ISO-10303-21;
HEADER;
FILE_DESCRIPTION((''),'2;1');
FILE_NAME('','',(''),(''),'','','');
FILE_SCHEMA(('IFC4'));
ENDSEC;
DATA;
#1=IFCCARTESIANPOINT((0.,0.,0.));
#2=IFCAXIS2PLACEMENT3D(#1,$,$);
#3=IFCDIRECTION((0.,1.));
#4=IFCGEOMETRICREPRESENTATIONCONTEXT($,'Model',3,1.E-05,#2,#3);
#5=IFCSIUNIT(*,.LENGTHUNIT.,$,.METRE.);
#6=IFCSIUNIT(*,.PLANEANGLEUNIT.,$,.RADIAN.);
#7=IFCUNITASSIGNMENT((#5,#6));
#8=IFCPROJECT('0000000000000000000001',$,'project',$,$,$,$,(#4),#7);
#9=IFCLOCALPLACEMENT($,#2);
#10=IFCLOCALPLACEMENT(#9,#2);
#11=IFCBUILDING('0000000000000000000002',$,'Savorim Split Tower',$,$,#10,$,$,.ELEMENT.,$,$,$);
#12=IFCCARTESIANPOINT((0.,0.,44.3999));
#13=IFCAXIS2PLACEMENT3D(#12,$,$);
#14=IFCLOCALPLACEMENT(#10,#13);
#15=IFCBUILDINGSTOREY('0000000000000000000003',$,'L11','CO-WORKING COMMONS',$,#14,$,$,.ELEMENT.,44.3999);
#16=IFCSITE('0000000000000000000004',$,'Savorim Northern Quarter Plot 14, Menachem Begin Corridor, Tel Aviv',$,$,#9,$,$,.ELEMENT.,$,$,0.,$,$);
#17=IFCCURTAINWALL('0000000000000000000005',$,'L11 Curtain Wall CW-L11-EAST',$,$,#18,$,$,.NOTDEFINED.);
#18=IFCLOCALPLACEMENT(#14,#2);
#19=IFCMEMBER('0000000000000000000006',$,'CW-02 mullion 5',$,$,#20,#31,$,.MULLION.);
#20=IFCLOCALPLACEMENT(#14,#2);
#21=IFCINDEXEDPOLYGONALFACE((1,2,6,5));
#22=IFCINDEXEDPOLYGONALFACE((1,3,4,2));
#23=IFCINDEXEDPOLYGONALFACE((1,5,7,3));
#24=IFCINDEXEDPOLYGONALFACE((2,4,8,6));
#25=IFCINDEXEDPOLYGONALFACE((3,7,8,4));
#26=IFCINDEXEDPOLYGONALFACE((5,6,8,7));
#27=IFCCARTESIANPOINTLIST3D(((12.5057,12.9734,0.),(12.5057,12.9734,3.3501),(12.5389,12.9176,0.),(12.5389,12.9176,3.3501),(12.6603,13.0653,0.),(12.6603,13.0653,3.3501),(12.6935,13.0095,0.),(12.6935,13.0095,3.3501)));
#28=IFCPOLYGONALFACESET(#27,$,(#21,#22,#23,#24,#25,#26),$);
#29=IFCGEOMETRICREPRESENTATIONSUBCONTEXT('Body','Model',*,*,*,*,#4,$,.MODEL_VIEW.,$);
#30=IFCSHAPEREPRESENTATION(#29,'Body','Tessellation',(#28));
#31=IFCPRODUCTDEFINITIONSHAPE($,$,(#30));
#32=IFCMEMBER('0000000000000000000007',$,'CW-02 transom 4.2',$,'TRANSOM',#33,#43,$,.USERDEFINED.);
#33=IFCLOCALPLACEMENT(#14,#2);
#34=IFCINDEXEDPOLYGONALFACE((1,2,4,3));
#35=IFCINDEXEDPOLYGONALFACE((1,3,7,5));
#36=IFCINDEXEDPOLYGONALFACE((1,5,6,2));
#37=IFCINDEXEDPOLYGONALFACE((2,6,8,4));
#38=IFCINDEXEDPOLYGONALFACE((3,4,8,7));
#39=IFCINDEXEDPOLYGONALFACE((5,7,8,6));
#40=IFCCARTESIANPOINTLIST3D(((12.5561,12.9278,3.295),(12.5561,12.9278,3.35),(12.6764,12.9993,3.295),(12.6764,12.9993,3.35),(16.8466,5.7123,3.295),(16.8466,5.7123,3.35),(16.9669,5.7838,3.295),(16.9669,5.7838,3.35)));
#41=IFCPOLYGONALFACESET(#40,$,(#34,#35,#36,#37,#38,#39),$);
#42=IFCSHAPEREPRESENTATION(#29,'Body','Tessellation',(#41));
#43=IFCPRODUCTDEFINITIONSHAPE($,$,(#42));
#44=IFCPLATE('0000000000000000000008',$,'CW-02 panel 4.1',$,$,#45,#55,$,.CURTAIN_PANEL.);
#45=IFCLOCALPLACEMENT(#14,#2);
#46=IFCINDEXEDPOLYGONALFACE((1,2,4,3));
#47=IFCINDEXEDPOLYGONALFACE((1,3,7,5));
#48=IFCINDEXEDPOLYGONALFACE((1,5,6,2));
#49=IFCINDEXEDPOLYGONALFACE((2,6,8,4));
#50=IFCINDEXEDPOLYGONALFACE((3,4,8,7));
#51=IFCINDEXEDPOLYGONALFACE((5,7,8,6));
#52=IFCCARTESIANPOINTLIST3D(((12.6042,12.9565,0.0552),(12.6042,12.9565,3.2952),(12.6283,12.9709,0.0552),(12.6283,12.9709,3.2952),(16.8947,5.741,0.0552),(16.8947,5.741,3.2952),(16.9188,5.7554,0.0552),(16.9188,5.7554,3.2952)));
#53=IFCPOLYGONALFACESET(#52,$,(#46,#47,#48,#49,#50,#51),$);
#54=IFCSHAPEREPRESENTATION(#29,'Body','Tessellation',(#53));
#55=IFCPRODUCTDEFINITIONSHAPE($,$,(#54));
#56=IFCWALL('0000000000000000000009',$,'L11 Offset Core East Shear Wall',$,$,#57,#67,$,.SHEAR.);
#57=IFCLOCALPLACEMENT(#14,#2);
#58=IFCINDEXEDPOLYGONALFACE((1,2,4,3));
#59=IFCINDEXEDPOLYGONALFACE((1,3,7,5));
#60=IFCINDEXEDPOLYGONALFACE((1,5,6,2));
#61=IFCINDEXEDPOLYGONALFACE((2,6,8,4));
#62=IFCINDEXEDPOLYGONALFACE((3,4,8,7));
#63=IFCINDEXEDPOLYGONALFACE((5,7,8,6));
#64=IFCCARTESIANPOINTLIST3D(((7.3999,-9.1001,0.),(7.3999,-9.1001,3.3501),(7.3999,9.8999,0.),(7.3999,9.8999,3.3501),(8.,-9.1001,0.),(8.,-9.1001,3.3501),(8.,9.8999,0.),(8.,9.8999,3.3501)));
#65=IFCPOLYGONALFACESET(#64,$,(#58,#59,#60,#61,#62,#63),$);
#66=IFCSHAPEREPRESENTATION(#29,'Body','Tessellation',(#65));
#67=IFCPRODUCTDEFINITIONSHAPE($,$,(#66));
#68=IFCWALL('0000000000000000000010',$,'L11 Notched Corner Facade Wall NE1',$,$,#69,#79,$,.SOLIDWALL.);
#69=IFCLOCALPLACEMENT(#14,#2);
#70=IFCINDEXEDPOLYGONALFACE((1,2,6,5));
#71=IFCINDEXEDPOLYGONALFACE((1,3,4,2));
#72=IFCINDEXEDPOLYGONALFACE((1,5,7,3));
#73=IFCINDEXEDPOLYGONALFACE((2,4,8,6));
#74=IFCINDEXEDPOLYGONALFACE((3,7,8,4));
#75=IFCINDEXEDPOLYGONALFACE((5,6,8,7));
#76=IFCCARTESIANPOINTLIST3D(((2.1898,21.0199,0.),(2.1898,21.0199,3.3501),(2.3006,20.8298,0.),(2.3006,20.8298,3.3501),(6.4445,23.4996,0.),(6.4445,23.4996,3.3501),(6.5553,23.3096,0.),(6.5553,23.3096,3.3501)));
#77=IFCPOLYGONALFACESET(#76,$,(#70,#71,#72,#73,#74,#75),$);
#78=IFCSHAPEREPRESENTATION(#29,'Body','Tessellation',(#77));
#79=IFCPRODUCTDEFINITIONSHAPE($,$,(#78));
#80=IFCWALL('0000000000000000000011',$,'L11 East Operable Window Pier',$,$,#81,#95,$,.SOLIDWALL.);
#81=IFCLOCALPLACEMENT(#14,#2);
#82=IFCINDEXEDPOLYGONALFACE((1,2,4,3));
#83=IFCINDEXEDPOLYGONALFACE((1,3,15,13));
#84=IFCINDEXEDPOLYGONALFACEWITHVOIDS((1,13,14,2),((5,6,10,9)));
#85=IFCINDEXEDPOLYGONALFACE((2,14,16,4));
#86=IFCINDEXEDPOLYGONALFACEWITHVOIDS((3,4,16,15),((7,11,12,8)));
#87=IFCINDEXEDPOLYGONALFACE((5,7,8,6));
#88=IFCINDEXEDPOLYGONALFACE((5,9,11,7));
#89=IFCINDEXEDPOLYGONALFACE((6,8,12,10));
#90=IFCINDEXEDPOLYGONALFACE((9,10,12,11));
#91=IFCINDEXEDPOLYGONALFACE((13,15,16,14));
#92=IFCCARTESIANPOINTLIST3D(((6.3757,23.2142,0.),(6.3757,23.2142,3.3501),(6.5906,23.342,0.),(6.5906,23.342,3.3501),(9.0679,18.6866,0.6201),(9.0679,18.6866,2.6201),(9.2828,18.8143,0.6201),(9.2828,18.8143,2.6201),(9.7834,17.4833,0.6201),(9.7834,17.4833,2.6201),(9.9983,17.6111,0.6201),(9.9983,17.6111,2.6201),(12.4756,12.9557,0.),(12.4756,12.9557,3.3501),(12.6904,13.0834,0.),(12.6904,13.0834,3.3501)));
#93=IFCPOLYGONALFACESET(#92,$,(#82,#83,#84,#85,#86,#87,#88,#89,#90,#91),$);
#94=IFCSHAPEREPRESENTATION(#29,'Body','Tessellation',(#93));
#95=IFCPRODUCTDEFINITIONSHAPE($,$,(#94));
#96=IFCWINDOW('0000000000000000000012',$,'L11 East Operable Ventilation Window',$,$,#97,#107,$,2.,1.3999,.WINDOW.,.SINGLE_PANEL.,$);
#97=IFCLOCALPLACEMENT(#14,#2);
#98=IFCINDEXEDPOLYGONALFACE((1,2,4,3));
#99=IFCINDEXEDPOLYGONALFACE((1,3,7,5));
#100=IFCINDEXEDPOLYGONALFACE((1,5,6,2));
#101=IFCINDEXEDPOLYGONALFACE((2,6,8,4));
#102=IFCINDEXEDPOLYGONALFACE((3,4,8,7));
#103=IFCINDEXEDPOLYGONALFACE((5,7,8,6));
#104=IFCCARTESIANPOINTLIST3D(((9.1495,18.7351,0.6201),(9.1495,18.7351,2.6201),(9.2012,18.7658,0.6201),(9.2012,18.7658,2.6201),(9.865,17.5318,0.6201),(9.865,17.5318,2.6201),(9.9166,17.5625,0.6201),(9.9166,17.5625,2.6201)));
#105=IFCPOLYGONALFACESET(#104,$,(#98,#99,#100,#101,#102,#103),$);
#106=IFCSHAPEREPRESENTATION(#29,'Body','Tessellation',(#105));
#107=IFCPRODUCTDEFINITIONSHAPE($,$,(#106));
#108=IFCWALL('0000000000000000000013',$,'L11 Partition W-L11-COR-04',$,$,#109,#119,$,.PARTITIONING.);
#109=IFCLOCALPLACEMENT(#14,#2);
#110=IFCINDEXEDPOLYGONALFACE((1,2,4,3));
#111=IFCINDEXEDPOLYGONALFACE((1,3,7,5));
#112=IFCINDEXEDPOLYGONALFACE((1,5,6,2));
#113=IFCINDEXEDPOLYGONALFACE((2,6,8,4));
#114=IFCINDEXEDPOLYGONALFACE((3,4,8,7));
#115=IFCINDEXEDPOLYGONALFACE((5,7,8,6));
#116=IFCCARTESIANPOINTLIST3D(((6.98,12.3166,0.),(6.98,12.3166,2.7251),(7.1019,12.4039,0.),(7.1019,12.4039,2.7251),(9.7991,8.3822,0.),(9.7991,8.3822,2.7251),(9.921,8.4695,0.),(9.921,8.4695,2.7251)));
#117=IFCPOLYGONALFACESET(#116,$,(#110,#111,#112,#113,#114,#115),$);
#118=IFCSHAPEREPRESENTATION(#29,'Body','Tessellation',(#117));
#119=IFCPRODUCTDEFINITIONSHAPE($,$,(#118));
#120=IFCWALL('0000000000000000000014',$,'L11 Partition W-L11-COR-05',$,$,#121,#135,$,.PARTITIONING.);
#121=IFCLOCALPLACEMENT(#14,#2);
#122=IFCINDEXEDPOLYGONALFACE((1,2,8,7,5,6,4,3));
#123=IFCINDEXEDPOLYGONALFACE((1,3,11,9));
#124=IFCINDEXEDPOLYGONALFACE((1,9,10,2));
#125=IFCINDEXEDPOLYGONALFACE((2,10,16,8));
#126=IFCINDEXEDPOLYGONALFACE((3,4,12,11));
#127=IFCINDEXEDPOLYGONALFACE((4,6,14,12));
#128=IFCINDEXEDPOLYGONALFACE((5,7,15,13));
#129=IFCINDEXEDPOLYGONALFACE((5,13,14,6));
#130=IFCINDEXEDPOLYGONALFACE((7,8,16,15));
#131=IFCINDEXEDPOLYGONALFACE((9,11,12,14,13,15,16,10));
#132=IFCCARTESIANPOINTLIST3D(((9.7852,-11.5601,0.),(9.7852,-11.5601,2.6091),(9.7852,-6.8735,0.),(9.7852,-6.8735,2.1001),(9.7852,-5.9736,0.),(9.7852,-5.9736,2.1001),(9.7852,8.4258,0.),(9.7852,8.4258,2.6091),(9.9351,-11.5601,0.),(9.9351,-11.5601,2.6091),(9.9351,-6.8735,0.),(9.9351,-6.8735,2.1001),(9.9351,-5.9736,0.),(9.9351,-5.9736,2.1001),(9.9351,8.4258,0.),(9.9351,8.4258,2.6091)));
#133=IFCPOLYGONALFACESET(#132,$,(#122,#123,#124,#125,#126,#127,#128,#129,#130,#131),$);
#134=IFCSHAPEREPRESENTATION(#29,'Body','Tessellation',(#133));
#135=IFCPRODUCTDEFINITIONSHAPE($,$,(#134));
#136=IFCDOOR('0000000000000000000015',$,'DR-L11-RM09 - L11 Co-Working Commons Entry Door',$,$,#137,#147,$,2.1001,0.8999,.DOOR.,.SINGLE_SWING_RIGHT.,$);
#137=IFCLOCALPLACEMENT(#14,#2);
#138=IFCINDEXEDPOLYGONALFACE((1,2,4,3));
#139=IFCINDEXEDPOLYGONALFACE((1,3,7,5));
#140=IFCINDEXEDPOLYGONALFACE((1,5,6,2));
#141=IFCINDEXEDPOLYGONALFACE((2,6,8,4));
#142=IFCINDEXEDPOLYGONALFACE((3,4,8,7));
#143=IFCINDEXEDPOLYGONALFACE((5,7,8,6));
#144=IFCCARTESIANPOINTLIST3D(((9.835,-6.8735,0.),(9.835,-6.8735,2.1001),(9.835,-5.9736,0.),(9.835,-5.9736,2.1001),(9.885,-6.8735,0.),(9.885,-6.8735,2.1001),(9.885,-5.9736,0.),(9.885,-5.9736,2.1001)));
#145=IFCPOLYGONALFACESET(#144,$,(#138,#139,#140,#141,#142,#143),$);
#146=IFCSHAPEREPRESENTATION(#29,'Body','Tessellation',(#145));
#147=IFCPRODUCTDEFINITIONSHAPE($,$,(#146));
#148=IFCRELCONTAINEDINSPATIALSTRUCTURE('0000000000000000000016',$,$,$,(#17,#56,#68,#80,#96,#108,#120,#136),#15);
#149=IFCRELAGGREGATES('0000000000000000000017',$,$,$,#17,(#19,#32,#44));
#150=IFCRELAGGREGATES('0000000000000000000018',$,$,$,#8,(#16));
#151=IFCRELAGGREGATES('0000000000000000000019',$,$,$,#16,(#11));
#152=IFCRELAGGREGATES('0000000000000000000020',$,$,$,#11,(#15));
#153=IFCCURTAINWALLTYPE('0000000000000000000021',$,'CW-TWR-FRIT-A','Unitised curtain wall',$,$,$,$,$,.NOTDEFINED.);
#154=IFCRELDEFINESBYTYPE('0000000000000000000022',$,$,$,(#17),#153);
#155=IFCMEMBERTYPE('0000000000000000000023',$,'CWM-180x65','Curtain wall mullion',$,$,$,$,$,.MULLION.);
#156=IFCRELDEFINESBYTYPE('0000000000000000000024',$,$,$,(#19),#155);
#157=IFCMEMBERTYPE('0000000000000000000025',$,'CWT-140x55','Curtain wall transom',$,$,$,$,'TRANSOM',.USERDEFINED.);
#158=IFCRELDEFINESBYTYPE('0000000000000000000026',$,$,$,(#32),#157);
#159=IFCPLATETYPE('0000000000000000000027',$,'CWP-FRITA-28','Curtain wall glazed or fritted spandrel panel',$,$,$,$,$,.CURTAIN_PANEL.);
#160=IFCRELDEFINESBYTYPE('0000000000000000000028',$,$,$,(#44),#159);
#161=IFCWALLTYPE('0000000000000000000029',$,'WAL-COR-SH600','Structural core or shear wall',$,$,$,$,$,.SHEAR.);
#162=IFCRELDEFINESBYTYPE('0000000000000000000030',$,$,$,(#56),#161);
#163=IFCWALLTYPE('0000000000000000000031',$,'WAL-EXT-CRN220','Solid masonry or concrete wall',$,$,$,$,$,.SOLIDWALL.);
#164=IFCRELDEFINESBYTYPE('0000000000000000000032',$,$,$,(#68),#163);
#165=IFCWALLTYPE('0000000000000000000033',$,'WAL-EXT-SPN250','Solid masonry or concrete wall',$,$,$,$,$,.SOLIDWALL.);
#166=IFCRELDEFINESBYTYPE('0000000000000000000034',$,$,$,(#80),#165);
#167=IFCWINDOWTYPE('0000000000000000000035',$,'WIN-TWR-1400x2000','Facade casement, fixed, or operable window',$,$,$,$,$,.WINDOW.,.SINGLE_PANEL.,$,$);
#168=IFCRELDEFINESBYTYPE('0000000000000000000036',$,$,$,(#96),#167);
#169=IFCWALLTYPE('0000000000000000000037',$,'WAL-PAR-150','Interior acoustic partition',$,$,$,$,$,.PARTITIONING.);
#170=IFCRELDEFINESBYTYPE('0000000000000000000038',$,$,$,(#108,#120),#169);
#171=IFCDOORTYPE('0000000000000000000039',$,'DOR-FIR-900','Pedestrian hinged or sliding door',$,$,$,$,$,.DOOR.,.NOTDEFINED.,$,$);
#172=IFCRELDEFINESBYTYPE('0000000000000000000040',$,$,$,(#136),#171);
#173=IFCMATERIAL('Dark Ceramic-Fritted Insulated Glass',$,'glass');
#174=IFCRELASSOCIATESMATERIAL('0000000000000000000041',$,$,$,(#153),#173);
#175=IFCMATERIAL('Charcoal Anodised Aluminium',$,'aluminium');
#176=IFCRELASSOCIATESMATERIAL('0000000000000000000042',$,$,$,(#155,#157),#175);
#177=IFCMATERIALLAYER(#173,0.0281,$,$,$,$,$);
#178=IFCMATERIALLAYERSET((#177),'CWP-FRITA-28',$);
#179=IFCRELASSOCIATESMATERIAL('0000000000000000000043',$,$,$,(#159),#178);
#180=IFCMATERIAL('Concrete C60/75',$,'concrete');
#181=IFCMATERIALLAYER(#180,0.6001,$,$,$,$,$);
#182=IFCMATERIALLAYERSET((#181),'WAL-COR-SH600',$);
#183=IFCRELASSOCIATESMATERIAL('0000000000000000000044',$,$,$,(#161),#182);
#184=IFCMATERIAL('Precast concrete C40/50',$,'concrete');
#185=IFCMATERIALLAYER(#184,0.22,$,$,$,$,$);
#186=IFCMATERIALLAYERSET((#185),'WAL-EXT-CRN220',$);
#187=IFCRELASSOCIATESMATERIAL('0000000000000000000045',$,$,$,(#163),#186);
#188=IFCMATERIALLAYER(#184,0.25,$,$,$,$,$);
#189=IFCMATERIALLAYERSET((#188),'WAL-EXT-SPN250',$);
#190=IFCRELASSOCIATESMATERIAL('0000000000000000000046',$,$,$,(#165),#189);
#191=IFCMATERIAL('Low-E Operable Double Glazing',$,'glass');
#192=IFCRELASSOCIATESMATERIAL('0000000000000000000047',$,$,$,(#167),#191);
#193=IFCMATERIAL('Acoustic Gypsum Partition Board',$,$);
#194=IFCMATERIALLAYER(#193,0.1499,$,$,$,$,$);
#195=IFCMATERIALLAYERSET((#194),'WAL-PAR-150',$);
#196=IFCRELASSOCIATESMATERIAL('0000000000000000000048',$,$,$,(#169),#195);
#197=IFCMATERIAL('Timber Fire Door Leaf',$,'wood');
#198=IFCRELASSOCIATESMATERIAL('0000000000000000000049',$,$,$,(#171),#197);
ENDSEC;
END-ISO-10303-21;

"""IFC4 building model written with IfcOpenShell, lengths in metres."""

from ifc_helpers import new_model, si_unit, direction, frame, frame_2d, origin, origin_2d, place, context, subcontext, project, spatial, rectangle, extrude, material, layer, layer_set, material_profile, profile_set, type_object, element, fill, aggregate, save


model = new_model("IFC4")

# Units and contexts
model_context = context("Model", 3, precision=1e-05, world=origin(), true_north=direction((0.0, 1.0)))
body_context = subcontext(model_context, "Body", "Model", "MODEL_VIEW")
ifc_project = project(units=[si_unit("LENGTHUNIT", "METRE"), si_unit("PLANEANGLEUNIT", "RADIAN")], contexts=[model_context])

# Site, building, storey
site_placement = place(None, origin())
site = spatial("IfcSite", under=ifc_project, at=site_placement, Name="Savorim Northern Quarter Plot 14, Menachem Begin Corridor, Tel Aviv", CompositionType="ELEMENT", RefElevation=0.0)
building_placement = place(site_placement, origin())
building = spatial("IfcBuilding", under=site, at=building_placement, Name="Savorim Split Tower", CompositionType="ELEMENT")
storey_placement = place(building_placement, frame((0.0, 0.0, 44.3999)))
storey = spatial("IfcBuildingStorey", under=building, at=storey_placement, Name="L11", Description="CO-WORKING COMMONS", CompositionType="ELEMENT", Elevation=44.3999)

# Curtain wall, members, plate
ifc_material_1 = material(Name="Dark Ceramic-Fritted Insulated Glass", Category="glass")
curtain_wall_type = type_object("IfcCurtainWallType", Name="CW-TWR-FRIT-A", Description="Unitised curtain wall", PredefinedType="NOTDEFINED", material=ifc_material_1)
curtain_wall_placement = place(storey_placement, origin())
curtain_wall = element("IfcCurtainWall", 1, at=curtain_wall_placement, inside=storey, type_object=curtain_wall_type, Name="L11 Curtain Wall CW-L11-EAST", PredefinedType="NOTDEFINED")
ifc_material_2 = material(Name="Charcoal Anodised Aluminium", Category="aluminium")
ifc_material_profile_1 = material_profile(ifc_material_2, rectangle(XDim=0.1799, YDim=0.0649, at=origin_2d()), Name="ALU-M 180x65")
ifc_profile_set_1 = profile_set([ifc_material_profile_1], Name="Charcoal Anodised Aluminium")
member_type_1 = type_object("IfcMemberType", Name="CWM-180x65", Description="Curtain wall mullion", PredefinedType="MULLION", material=ifc_profile_set_1)
member_1_placement = place(storey_placement, frame((12.5996, 12.9915, 0.0), z_axis=(0.0, 0.0, 1.0), x_axis=(-0.859526, -0.511092, 0.0)))
member_1 = element("IfcMember", 2, at=member_1_placement, type_object=member_type_1, Name="CW-02 mullion 5", PredefinedType="MULLION", context=body_context, shape_type="SweptSolid", body=[
    extrude(rectangle(XDim=0.1799, YDim=0.0649, at=origin_2d()), origin(), (0.0, 0.0, 1.0), 3.3501),
])
ifc_material_profile_2 = material_profile(ifc_material_2, rectangle(XDim=0.1399, YDim=0.0549, at=origin_2d()), Name="ALU-T 140x55")
ifc_profile_set_2 = profile_set([ifc_material_profile_2], Name="Charcoal Anodised Aluminium")
member_type_2 = type_object("IfcMemberType", Name="CWT-140x55", Description="Curtain wall transom", ElementType="TRANSOM", PredefinedType="USERDEFINED", material=ifc_profile_set_2)
member_2_placement = place(storey_placement, frame((16.9067, 5.748, 3.3225), z_axis=(-0.511092, 0.859526, 0.0), x_axis=(-0.859526, -0.511092, 0.0)))
member_2 = element("IfcMember", 3, at=member_2_placement, type_object=member_type_2, Name="CW-02 transom 4.2", ObjectType="TRANSOM", PredefinedType="USERDEFINED", context=body_context, shape_type="SweptSolid", body=[
    extrude(rectangle(XDim=0.1399, YDim=0.0549, at=origin_2d()), origin(), (0.0, 0.0, 1.0), 8.3948),
])
ifc_layer_1 = layer(ifc_material_1, 0.0281)
ifc_layer_set_1 = layer_set([ifc_layer_1], Name="CWP-FRITA-28")
plate_type = type_object("IfcPlateType", Name="CWP-FRITA-28", Description="Curtain wall glazed or fritted spandrel panel", PredefinedType="CURTAIN_PANEL", material=ifc_layer_set_1)
plate_placement = place(storey_placement, frame((14.7615, 9.356, 0.0552), z_axis=(0.0, 0.0, 1.0), x_axis=(-0.511092, 0.859526, 0.0)))
plate = element("IfcPlate", 4, at=plate_placement, type_object=plate_type, Name="CW-02 panel 4.1", PredefinedType="CURTAIN_PANEL", context=body_context, shape_type="SweptSolid", body=[
    extrude(rectangle(XDim=8.3948, YDim=0.0281, at=origin_2d()), origin(), (0.0, 0.0, 1.0), 3.24),
])
aggregate(curtain_wall, [member_1, member_2, plate])

# Shared definitions
ifc_material_3 = material(Name="Concrete C60/75", Category="concrete")
ifc_layer_2 = layer(ifc_material_3, 0.6001)
ifc_layer_set_2 = layer_set([ifc_layer_2], Name="WAL-COR-SH600")
wall_type_1 = type_object("IfcWallType", Name="WAL-COR-SH600", Description="Structural core or shear wall", PredefinedType="SHEAR", material=ifc_layer_set_2)
ifc_material_4 = material(Name="Timber Fire Door Leaf", Category="wood")

# Walls
wall_1_placement = place(storey_placement, frame((7.7, 9.8999, 0.0), z_axis=(0.0, 0.0, 1.0), x_axis=(0.0, -1.0, 0.0)))
element("IfcWall", 5, at=wall_1_placement, inside=storey, type_object=wall_type_1, Name="L11 Offset Core East Shear Wall", PredefinedType="SHEAR", context=body_context, shape_type="SweptSolid", body=[
    extrude(rectangle(XDim=19.0, YDim=0.6001, at=frame_2d((9.5, 0.0))), origin(), (0.0, 0.0, 1.0), 3.3501),
])
ifc_material_5 = material(Name="Precast concrete C40/50", Category="concrete")
ifc_layer_3 = layer(ifc_material_5, 0.22)
ifc_layer_set_3 = layer_set([ifc_layer_3], Name="WAL-EXT-CRN220")
wall_type_2 = type_object("IfcWallType", Name="WAL-EXT-CRN220", Description="Solid masonry or concrete wall", PredefinedType="SOLIDWALL", material=ifc_layer_set_3)
wall_2_placement = place(storey_placement, frame((2.2451, 20.9248, 0.0), z_axis=(0.0, 0.0, 1.0), x_axis=(0.863968, 0.503547, 0.0)))
element("IfcWall", 6, at=wall_2_placement, inside=storey, type_object=wall_type_2, Name="L11 Notched Corner Facade Wall NE1", PredefinedType="SOLIDWALL", context=body_context, shape_type="SweptSolid", body=[
    extrude(rectangle(XDim=4.9246, YDim=0.22, at=frame_2d((2.4624, 0.0))), origin(), (0.0, 0.0, 1.0), 3.3501),
])

# Wall, opening, window
ifc_layer_4 = layer(ifc_material_5, 0.25)
ifc_layer_set_4 = layer_set([ifc_layer_4], Name="WAL-EXT-SPN250")
wall_type_3 = type_object("IfcWallType", Name="WAL-EXT-SPN250", Description="Solid masonry or concrete wall", PredefinedType="SOLIDWALL", material=ifc_layer_set_4)
wall_3_placement = place(storey_placement, frame((6.4832, 23.2781, 0.0), z_axis=(0.0, 0.0, 1.0), x_axis=(0.511086, -0.859529, 0.0)))
wall_3 = element("IfcWall", 7, at=wall_3_placement, inside=storey, type_object=wall_type_3, Name="L11 East Operable Window Pier", PredefinedType="SOLIDWALL", context=body_context, shape_type="SweptSolid", body=[
    extrude(rectangle(XDim=11.9351, YDim=0.25, at=frame_2d((5.9675, 0.0))), origin(), (0.0, 0.0, 1.0), 3.3501),
])
opening_1_placement = place(wall_3_placement, frame((5.2676, 0.0, 0.6201)))
opening_1 = element("IfcOpeningElement", 8, at=opening_1_placement, cuts=wall_3, PredefinedType="OPENING", context=body_context, shape_type="SweptSolid", body=[
    extrude(rectangle(XDim=1.3999, YDim=2.0, at=frame_2d((0.7, 1.0))), frame((0.0, 0.135, 0.0), z_axis=(0.0, -1.0, 0.0), x_axis=(1.0, 0.0, 0.0)), (0.0, 0.0, 1.0), 0.27),
])
ifc_material_6 = material(Name="Low-E Operable Double Glazing", Category="glass")
window_type = type_object("IfcWindowType", Name="WIN-TWR-1400x2000", Description="Facade casement, fixed, or operable window", PartitioningType="SINGLE_PANEL", PredefinedType="WINDOW", material=ifc_material_6)
window_placement = place(opening_1_placement, origin())
window = element("IfcWindow", 9, at=window_placement, inside=storey, type_object=window_type, Name="L11 East Operable Ventilation Window", OverallHeight=2.0, OverallWidth=1.3999, PartitioningType="SINGLE_PANEL", PredefinedType="WINDOW", context=body_context, shape_type="SweptSolid", body=[
    extrude(rectangle(XDim=1.3999, YDim=2.0, at=frame_2d((0.7, 1.0))), frame((0.0, 0.03, 0.0), z_axis=(0.0, -1.0, 0.0), x_axis=(1.0, 0.0, 0.0)), (0.0, 0.0, 1.0), 0.0601),
])
fill(opening_1, window)

# Wall
ifc_material_7 = material(Name="Acoustic Gypsum Partition Board")
ifc_layer_5 = layer(ifc_material_7, 0.1499)
ifc_layer_set_5 = layer_set([ifc_layer_5], Name="WAL-PAR-150")
wall_type_4 = type_object("IfcWallType", Name="WAL-PAR-150", Description="Interior acoustic partition", PredefinedType="PARTITIONING", material=ifc_layer_set_5)
wall_4_placement = place(storey_placement, frame((7.041, 12.3601, 0.0), z_axis=(0.0, 0.0, 1.0), x_axis=(0.58245, -0.812867, 0.0)))
element("IfcWall", 10, at=wall_4_placement, inside=storey, type_object=wall_type_4, Name="L11 Partition W-L11-COR-04", PredefinedType="PARTITIONING", context=body_context, shape_type="SweptSolid", body=[
    extrude(rectangle(XDim=4.8401, YDim=0.1499, at=frame_2d((2.4199, 0.0))), origin(), (0.0, 0.0, 1.0), 2.7251),
])

# Wall, opening, door
wall_5_placement = place(storey_placement, frame((9.8601, 8.4258, 0.0), z_axis=(0.0, 0.0, 1.0), x_axis=(0.0, -1.0, 0.0)))
wall_5 = element("IfcWall", 11, at=wall_5_placement, inside=storey, type_object=wall_type_4, Name="L11 Partition W-L11-COR-05", PredefinedType="PARTITIONING", context=body_context, shape_type="SweptSolid", body=[
    extrude(rectangle(XDim=19.9858, YDim=0.1499, at=frame_2d((9.9929, 0.0))), origin(), (0.0, 0.0, 1.0), 2.6091),
])
opening_2_placement = place(wall_5_placement, frame((14.3994, 0.0, 0.0)))
opening_2 = element("IfcOpeningElement", 12, at=opening_2_placement, cuts=wall_5, PredefinedType="OPENING", context=body_context, shape_type="SweptSolid", body=[
    extrude(rectangle(XDim=0.8999, YDim=2.1001, at=frame_2d((0.45, 1.05))), frame((0.0, 0.085, 0.0), z_axis=(0.0, -1.0, 0.0), x_axis=(1.0, 0.0, 0.0)), (0.0, 0.0, 1.0), 0.1699),
])
door_type_1 = type_object("IfcDoorType", Name="DOR-FIR-900", Description="Pedestrian hinged or sliding door", OperationType="NOTDEFINED", PredefinedType="DOOR", material=ifc_material_4)
door_1_placement = place(opening_2_placement, origin())
door_1 = element("IfcDoor", 13, at=door_1_placement, inside=storey, type_object=door_type_1, Name="DR-L11-RM09 - L11 Co-Working Commons Entry Door", OperationType="SINGLE_SWING_RIGHT", OverallHeight=2.1001, OverallWidth=0.8999, PredefinedType="DOOR", context=body_context, shape_type="SweptSolid", body=[
    extrude(rectangle(XDim=0.8999, YDim=2.1001, at=frame_2d((0.45, 1.05))), frame((0.0, 0.0249, 0.0), z_axis=(0.0, -1.0, 0.0), x_axis=(1.0, 0.0, 0.0)), (0.0, 0.0, 1.0), 0.05),
])
fill(opening_2, door_1)

save(model, "model.ifc")
